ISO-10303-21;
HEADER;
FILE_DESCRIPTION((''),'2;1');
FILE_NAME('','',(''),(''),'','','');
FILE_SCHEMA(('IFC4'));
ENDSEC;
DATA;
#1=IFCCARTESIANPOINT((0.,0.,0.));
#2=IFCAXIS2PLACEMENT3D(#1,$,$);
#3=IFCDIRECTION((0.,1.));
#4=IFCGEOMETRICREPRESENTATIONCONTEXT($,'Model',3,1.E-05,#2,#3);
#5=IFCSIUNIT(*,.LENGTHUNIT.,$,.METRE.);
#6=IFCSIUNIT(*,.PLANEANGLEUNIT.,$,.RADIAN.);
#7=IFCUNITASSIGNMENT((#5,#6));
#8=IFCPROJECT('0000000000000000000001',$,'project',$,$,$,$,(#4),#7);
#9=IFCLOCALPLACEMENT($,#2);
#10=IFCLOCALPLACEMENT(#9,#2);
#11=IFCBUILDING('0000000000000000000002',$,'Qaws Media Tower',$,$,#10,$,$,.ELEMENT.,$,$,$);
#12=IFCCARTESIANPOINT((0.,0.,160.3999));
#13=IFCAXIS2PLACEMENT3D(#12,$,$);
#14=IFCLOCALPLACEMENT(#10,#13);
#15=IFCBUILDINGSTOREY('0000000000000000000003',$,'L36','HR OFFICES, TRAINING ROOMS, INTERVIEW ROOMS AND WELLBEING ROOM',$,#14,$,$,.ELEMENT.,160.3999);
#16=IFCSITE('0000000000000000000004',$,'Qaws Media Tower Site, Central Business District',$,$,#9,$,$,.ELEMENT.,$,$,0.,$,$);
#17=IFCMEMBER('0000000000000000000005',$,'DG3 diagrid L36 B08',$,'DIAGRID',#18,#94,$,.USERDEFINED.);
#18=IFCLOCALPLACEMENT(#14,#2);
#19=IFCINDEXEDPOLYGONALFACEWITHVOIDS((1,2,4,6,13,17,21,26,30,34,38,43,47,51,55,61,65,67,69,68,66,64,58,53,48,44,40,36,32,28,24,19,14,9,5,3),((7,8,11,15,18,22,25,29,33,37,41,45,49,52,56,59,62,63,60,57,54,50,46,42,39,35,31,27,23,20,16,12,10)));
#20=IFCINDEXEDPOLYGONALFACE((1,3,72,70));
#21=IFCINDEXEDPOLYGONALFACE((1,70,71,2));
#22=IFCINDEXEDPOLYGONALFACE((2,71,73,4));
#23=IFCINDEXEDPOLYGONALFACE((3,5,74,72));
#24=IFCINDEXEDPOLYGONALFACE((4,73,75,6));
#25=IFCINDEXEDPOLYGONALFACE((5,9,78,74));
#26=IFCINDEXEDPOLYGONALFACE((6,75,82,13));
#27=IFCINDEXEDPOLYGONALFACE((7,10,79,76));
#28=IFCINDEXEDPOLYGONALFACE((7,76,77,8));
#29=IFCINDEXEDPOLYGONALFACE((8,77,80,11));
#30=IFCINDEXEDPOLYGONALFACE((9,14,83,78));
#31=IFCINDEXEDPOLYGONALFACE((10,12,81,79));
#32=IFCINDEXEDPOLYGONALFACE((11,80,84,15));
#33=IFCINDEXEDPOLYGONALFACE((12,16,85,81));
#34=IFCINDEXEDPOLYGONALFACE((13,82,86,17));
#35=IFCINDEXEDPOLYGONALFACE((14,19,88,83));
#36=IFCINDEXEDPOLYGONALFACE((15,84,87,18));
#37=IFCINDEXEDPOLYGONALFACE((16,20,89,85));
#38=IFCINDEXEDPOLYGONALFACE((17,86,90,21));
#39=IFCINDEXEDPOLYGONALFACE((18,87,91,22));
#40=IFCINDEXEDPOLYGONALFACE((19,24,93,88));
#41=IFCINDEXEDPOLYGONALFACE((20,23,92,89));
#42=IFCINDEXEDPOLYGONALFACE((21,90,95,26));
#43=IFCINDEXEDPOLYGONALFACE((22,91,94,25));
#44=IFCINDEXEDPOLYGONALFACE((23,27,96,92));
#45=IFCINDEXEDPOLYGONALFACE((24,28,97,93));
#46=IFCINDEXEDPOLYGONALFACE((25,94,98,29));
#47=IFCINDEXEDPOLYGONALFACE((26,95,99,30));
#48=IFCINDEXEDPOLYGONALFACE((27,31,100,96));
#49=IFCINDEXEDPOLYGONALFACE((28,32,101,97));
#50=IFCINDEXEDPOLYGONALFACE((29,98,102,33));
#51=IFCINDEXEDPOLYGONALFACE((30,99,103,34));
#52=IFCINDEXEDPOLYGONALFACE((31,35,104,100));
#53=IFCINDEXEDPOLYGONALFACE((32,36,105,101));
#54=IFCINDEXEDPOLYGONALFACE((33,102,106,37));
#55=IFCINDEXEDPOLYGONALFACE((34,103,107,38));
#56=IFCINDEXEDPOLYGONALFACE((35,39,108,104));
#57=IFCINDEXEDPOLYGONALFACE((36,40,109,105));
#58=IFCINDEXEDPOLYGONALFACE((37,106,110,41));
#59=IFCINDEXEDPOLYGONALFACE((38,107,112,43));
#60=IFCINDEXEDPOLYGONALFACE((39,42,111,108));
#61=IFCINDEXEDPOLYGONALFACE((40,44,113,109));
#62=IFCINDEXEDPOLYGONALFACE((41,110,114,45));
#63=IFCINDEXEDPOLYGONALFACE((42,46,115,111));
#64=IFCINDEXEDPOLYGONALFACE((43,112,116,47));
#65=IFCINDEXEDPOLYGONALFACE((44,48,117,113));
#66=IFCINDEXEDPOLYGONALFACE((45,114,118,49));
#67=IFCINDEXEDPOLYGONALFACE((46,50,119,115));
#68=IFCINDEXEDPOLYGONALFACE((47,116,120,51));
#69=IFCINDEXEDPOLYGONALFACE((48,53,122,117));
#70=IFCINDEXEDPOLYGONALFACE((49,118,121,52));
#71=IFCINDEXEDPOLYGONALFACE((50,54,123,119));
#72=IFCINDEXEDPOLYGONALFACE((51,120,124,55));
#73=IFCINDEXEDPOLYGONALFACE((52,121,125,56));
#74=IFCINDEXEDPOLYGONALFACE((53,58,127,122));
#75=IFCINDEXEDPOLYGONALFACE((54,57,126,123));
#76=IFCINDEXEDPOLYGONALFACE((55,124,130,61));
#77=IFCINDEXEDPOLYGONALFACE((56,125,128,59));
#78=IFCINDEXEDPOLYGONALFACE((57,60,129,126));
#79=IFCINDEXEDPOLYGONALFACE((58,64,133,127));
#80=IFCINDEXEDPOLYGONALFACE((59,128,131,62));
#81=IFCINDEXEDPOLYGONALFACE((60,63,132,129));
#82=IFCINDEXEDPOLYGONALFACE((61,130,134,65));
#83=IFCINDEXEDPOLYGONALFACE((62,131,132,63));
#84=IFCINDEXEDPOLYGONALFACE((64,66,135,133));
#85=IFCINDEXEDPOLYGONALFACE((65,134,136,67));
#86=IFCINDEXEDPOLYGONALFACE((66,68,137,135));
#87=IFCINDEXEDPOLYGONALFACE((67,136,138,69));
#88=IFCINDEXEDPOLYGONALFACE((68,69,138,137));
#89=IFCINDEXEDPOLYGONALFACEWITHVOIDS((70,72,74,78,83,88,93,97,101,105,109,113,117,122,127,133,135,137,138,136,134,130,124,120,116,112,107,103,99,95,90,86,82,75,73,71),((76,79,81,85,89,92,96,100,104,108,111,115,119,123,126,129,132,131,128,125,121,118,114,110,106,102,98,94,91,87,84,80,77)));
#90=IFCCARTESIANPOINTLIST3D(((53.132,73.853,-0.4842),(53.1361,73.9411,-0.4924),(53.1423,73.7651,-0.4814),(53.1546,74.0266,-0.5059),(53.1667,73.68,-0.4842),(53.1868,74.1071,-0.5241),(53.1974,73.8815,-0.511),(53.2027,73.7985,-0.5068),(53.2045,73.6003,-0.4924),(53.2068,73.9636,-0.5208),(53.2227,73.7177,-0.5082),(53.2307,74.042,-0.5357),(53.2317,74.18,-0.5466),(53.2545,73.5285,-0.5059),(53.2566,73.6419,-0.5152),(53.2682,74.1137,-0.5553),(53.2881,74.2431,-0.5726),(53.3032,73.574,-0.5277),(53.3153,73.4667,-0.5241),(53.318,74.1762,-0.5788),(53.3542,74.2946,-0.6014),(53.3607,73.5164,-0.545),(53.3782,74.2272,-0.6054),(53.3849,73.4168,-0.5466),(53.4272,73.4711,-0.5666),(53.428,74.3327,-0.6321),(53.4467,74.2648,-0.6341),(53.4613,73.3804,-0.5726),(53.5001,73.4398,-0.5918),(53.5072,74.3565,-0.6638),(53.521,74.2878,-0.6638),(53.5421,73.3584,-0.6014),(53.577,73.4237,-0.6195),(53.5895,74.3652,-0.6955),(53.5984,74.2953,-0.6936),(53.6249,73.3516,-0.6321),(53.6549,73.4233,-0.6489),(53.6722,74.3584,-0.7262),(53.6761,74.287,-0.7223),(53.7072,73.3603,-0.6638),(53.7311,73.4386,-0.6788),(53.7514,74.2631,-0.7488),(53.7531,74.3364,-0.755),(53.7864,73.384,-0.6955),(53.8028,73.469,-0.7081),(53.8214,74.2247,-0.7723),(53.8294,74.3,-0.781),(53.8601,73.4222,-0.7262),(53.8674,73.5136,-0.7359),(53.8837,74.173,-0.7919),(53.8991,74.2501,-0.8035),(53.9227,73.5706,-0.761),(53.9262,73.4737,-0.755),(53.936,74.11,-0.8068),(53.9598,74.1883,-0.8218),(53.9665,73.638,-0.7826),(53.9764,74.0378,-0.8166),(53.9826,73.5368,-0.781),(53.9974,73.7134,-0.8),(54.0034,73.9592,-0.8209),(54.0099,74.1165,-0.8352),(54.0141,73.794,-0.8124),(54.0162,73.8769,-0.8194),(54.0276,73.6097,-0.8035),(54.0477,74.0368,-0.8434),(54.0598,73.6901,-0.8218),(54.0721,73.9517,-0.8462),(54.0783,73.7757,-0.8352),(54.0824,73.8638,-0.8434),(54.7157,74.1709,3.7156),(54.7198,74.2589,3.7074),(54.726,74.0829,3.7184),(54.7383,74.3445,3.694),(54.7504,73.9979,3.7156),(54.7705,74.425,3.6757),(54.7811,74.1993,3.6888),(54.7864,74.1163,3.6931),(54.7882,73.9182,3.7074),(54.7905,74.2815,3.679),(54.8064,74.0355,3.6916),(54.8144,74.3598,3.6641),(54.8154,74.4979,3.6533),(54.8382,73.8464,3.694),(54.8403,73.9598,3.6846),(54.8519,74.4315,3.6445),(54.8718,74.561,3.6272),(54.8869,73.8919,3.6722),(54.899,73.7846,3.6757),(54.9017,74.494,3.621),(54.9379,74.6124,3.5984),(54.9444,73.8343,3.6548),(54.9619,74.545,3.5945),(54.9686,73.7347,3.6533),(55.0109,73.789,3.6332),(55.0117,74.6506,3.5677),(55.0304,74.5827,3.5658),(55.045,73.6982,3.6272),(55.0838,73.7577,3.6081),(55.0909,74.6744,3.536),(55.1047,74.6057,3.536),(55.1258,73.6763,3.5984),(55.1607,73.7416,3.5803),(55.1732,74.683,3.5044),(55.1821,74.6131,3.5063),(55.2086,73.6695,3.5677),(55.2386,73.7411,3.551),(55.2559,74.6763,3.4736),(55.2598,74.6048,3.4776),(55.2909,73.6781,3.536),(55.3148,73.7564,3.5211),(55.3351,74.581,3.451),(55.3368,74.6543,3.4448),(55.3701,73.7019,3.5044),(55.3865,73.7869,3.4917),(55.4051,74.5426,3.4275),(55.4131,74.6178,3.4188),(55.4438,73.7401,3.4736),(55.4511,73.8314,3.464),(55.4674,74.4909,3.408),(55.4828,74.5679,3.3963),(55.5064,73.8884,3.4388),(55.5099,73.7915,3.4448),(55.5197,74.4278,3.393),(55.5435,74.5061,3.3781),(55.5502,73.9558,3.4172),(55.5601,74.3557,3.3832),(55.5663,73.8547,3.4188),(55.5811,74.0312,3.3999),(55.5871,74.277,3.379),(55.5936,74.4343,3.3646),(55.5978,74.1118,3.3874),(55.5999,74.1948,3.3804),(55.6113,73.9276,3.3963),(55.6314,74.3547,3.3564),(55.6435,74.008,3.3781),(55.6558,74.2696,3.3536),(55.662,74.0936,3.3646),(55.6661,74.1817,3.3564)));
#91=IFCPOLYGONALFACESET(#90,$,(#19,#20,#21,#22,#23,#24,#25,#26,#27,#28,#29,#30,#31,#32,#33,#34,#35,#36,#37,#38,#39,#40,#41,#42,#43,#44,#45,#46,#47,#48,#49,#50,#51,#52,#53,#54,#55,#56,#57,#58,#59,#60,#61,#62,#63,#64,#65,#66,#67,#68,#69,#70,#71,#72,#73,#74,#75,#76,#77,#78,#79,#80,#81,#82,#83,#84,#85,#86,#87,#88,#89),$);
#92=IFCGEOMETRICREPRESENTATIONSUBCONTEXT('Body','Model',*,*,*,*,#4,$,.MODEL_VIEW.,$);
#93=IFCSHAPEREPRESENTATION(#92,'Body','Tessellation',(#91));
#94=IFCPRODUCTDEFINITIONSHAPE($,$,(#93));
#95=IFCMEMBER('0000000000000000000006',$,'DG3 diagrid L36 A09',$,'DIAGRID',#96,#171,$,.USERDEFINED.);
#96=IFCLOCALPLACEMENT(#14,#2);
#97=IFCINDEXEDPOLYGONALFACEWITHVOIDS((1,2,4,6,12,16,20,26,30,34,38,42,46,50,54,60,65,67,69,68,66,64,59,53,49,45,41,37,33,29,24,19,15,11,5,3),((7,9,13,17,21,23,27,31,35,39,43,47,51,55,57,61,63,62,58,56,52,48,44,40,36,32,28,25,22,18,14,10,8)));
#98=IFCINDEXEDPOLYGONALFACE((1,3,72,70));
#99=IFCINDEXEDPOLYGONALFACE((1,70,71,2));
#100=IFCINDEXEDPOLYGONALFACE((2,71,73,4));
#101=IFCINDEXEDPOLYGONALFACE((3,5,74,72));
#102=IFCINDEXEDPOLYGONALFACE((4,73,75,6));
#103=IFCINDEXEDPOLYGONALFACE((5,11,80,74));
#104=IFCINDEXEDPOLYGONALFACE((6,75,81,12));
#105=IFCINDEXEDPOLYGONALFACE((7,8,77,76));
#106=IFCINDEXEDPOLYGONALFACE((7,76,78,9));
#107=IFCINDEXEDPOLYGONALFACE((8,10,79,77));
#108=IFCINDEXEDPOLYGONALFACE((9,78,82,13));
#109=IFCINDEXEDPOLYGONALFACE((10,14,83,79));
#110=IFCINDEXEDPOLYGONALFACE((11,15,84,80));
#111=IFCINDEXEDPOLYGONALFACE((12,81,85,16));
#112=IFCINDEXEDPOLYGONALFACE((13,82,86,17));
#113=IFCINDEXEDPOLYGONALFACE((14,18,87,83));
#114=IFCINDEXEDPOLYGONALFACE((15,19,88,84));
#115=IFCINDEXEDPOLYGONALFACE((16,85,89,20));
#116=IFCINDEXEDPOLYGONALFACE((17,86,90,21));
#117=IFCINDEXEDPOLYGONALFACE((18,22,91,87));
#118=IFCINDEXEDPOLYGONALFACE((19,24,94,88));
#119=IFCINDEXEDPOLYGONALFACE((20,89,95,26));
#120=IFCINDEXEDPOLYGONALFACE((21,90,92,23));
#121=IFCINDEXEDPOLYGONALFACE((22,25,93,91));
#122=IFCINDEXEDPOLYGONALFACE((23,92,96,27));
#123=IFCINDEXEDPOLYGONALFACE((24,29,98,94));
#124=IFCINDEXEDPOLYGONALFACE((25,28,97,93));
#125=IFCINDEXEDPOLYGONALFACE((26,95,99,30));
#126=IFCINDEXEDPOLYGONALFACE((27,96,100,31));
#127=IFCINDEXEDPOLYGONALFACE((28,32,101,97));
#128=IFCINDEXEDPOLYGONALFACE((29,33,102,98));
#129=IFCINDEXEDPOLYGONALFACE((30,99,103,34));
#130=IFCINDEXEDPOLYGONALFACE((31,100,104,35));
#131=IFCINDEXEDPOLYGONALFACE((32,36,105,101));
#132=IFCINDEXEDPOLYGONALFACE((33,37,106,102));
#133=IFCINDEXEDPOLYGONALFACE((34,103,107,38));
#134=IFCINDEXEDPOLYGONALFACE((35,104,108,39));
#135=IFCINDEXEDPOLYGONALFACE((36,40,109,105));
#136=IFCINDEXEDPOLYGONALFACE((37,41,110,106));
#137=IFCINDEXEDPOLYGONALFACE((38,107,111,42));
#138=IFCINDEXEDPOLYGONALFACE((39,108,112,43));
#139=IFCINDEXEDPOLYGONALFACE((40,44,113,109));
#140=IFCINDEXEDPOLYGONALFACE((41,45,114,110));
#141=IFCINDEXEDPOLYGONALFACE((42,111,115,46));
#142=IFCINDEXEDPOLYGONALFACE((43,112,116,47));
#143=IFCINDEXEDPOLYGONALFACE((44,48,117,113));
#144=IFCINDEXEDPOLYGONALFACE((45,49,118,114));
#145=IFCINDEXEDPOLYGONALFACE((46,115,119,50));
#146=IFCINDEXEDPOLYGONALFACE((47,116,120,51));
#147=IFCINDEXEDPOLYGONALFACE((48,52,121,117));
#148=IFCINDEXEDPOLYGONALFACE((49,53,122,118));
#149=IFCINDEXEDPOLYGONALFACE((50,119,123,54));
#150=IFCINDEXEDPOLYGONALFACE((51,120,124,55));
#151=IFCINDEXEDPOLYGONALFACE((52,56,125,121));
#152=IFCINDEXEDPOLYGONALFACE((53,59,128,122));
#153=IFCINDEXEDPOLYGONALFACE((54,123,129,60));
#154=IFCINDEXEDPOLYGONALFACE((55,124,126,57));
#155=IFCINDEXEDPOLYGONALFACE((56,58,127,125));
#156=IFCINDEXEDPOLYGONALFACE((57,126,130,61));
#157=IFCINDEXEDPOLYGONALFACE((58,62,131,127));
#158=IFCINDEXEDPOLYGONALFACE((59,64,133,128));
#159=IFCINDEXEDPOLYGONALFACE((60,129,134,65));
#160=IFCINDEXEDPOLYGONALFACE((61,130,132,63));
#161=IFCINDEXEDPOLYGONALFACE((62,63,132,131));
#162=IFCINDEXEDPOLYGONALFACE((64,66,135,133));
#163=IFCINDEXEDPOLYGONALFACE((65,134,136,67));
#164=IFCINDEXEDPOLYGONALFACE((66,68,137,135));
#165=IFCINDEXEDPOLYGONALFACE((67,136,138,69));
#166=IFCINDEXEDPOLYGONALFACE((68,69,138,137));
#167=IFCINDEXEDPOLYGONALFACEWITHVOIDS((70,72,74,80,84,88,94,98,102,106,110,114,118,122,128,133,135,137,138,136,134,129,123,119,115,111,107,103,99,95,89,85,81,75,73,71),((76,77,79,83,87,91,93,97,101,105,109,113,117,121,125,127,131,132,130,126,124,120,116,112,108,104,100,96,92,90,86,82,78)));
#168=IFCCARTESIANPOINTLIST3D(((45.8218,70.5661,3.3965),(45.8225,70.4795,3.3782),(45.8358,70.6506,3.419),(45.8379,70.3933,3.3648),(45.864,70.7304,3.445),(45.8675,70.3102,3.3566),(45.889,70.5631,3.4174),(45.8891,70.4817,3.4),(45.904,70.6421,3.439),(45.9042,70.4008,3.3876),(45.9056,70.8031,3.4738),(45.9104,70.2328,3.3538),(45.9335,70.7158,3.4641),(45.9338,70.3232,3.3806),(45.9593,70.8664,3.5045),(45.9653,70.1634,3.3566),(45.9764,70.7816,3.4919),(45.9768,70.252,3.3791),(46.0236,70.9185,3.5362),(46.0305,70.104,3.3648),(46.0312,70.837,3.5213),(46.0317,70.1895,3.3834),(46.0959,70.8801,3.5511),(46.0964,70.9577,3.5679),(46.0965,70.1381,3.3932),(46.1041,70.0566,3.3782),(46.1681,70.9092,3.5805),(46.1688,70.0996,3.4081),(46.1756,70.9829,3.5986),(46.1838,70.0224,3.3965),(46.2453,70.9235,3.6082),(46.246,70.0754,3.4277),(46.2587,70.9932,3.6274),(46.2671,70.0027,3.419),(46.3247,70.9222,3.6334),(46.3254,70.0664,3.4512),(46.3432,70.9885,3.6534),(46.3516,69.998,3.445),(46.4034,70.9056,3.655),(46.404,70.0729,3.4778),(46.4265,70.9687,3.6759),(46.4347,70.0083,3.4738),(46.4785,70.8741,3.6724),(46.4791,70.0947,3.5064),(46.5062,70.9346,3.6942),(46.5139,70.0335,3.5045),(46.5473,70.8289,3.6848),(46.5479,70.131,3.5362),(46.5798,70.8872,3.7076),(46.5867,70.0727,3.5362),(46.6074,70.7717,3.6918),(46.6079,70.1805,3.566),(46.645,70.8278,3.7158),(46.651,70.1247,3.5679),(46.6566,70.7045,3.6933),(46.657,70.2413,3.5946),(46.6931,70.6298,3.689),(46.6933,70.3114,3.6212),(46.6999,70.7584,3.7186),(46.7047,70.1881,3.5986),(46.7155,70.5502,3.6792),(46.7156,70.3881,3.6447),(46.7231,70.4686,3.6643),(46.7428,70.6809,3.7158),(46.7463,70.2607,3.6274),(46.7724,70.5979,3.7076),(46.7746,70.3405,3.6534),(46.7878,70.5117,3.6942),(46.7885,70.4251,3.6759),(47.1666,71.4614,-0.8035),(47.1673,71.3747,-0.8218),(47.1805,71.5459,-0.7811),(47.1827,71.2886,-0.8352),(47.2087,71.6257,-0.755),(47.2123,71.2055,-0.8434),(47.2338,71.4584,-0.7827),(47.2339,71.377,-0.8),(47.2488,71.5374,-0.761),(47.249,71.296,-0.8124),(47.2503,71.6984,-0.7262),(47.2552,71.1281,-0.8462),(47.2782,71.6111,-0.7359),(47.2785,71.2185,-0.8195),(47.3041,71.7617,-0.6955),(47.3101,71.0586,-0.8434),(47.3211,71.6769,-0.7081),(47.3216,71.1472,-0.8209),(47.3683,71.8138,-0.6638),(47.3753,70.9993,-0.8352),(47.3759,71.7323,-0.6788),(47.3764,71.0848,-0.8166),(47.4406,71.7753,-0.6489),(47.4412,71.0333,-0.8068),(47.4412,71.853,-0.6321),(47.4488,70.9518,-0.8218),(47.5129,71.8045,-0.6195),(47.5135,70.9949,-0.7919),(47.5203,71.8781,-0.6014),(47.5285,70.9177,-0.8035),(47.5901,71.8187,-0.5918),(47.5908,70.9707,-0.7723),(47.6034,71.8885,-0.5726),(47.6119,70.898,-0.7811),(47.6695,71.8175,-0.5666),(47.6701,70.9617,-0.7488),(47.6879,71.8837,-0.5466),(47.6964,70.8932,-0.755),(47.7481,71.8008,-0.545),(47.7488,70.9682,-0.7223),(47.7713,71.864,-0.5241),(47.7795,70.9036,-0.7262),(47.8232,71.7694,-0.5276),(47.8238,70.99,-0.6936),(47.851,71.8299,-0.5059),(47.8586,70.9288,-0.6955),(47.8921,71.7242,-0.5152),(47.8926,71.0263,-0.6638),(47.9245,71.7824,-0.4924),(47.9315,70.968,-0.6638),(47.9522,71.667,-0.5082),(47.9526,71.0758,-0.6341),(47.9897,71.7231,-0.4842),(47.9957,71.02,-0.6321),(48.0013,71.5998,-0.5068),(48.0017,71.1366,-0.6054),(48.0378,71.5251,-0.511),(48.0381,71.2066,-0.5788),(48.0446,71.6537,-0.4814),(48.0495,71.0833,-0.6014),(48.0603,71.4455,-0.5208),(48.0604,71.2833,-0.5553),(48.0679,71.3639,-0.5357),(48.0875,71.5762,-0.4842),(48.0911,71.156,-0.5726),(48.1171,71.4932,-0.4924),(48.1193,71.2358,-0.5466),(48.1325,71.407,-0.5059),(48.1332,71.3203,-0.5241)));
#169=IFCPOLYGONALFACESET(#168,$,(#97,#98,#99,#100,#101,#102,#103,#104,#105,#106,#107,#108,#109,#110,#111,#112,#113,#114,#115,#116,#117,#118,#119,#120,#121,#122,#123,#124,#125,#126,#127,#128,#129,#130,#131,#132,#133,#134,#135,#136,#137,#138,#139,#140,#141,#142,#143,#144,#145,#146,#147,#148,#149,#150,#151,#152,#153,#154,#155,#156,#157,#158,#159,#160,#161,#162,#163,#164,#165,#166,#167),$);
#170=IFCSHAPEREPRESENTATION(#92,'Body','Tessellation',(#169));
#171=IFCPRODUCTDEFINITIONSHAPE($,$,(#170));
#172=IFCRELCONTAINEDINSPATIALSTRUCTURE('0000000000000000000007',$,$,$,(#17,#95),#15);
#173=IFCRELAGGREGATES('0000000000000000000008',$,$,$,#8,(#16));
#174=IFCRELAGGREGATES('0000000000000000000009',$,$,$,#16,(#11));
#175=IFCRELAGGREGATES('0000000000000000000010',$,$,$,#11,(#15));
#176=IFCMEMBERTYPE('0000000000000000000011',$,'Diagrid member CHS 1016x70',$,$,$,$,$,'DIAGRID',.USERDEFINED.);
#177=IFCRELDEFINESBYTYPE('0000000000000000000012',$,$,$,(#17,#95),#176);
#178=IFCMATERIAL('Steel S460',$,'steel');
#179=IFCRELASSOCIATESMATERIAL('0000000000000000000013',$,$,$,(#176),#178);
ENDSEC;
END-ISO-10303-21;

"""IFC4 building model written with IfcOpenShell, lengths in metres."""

from ifc_helpers import new_model, si_unit, direction, frame, origin, origin_2d, place, context, subcontext, project, spatial, hollow_circle, extrude, material, material_profile, profile_set, type_object, element, save


model = new_model("IFC4")

# Units and contexts
model_context = context("Model", 3, precision=1e-05, world=origin(), true_north=direction((0.0, 1.0)))
body_context = subcontext(model_context, "Body", "Model", "MODEL_VIEW")
ifc_project = project(units=[si_unit("LENGTHUNIT", "METRE"), si_unit("PLANEANGLEUNIT", "RADIAN")], contexts=[model_context])

# Site, building, storey
site_placement = place(None, origin())
site = spatial("IfcSite", under=ifc_project, at=site_placement, Name="Qaws Media Tower Site, Central Business District", CompositionType="ELEMENT", RefElevation=0.0)
building_placement = place(site_placement, origin())
building = spatial("IfcBuilding", under=site, at=building_placement, Name="Qaws Media Tower", CompositionType="ELEMENT")
storey_placement = place(building_placement, frame((0.0, 0.0, 160.3999)))
storey = spatial("IfcBuildingStorey", under=building, at=storey_placement, Name="L36", Description="HR OFFICES, TRAINING ROOMS, INTERVIEW ROOMS AND WELLBEING ROOM", CompositionType="ELEMENT", Elevation=160.3999)

# Members
ifc_material_1 = material(Name="Steel S460", Category="steel")
ifc_material_profile_1 = material_profile(ifc_material_1, hollow_circle(Radius=0.5081, WallThickness=0.0701, at=origin_2d()), Name="CHS 1016x70")
ifc_profile_set_1 = profile_set([ifc_material_profile_1], Name="Steel S460")
member_type_1 = type_object("IfcMemberType", Name="Diagrid member CHS 1016x70", ElementType="DIAGRID", PredefinedType="USERDEFINED", material=ifc_profile_set_1)
member_1_placement = place(storey_placement, frame((53.6072, 73.8584, -0.6638), z_axis=(0.351952, 0.07064, 0.933349), x_axis=(-0.196785, 0.980447, 0.0)))
element("IfcMember", 1, at=member_1_placement, inside=storey, type_object=member_type_1, Name="DG3 diagrid L36 B08", ObjectType="DIAGRID", PredefinedType="USERDEFINED", context=body_context, shape_type="SweptSolid", body=[
    extrude(hollow_circle(Radius=0.5081, WallThickness=0.0701, at=origin_2d()), origin(), (0.0, 0.0, 1.0), 4.4998),
])
for number, where, z_axis, x_axis, name in (
    (2, (47.6499, 71.3909, -0.6638), (-0.298833, -0.198951, 0.933337), (0.554177, -0.832399, 0.0), "DG3 diagrid L36 A09"),
):
    element("IfcMember", number, at=place(storey_placement, frame(where, z_axis=z_axis, x_axis=x_axis)), inside=storey, type_object=member_type_1, Name=name, ObjectType="DIAGRID", PredefinedType="USERDEFINED", context=body_context, shape_type="SweptSolid", body=[
        extrude(hollow_circle(Radius=0.5081, WallThickness=0.0701, at=origin_2d()), origin(), (0.0, 0.0, 1.0), 4.5),
    ])

save(model, "model.ifc")
